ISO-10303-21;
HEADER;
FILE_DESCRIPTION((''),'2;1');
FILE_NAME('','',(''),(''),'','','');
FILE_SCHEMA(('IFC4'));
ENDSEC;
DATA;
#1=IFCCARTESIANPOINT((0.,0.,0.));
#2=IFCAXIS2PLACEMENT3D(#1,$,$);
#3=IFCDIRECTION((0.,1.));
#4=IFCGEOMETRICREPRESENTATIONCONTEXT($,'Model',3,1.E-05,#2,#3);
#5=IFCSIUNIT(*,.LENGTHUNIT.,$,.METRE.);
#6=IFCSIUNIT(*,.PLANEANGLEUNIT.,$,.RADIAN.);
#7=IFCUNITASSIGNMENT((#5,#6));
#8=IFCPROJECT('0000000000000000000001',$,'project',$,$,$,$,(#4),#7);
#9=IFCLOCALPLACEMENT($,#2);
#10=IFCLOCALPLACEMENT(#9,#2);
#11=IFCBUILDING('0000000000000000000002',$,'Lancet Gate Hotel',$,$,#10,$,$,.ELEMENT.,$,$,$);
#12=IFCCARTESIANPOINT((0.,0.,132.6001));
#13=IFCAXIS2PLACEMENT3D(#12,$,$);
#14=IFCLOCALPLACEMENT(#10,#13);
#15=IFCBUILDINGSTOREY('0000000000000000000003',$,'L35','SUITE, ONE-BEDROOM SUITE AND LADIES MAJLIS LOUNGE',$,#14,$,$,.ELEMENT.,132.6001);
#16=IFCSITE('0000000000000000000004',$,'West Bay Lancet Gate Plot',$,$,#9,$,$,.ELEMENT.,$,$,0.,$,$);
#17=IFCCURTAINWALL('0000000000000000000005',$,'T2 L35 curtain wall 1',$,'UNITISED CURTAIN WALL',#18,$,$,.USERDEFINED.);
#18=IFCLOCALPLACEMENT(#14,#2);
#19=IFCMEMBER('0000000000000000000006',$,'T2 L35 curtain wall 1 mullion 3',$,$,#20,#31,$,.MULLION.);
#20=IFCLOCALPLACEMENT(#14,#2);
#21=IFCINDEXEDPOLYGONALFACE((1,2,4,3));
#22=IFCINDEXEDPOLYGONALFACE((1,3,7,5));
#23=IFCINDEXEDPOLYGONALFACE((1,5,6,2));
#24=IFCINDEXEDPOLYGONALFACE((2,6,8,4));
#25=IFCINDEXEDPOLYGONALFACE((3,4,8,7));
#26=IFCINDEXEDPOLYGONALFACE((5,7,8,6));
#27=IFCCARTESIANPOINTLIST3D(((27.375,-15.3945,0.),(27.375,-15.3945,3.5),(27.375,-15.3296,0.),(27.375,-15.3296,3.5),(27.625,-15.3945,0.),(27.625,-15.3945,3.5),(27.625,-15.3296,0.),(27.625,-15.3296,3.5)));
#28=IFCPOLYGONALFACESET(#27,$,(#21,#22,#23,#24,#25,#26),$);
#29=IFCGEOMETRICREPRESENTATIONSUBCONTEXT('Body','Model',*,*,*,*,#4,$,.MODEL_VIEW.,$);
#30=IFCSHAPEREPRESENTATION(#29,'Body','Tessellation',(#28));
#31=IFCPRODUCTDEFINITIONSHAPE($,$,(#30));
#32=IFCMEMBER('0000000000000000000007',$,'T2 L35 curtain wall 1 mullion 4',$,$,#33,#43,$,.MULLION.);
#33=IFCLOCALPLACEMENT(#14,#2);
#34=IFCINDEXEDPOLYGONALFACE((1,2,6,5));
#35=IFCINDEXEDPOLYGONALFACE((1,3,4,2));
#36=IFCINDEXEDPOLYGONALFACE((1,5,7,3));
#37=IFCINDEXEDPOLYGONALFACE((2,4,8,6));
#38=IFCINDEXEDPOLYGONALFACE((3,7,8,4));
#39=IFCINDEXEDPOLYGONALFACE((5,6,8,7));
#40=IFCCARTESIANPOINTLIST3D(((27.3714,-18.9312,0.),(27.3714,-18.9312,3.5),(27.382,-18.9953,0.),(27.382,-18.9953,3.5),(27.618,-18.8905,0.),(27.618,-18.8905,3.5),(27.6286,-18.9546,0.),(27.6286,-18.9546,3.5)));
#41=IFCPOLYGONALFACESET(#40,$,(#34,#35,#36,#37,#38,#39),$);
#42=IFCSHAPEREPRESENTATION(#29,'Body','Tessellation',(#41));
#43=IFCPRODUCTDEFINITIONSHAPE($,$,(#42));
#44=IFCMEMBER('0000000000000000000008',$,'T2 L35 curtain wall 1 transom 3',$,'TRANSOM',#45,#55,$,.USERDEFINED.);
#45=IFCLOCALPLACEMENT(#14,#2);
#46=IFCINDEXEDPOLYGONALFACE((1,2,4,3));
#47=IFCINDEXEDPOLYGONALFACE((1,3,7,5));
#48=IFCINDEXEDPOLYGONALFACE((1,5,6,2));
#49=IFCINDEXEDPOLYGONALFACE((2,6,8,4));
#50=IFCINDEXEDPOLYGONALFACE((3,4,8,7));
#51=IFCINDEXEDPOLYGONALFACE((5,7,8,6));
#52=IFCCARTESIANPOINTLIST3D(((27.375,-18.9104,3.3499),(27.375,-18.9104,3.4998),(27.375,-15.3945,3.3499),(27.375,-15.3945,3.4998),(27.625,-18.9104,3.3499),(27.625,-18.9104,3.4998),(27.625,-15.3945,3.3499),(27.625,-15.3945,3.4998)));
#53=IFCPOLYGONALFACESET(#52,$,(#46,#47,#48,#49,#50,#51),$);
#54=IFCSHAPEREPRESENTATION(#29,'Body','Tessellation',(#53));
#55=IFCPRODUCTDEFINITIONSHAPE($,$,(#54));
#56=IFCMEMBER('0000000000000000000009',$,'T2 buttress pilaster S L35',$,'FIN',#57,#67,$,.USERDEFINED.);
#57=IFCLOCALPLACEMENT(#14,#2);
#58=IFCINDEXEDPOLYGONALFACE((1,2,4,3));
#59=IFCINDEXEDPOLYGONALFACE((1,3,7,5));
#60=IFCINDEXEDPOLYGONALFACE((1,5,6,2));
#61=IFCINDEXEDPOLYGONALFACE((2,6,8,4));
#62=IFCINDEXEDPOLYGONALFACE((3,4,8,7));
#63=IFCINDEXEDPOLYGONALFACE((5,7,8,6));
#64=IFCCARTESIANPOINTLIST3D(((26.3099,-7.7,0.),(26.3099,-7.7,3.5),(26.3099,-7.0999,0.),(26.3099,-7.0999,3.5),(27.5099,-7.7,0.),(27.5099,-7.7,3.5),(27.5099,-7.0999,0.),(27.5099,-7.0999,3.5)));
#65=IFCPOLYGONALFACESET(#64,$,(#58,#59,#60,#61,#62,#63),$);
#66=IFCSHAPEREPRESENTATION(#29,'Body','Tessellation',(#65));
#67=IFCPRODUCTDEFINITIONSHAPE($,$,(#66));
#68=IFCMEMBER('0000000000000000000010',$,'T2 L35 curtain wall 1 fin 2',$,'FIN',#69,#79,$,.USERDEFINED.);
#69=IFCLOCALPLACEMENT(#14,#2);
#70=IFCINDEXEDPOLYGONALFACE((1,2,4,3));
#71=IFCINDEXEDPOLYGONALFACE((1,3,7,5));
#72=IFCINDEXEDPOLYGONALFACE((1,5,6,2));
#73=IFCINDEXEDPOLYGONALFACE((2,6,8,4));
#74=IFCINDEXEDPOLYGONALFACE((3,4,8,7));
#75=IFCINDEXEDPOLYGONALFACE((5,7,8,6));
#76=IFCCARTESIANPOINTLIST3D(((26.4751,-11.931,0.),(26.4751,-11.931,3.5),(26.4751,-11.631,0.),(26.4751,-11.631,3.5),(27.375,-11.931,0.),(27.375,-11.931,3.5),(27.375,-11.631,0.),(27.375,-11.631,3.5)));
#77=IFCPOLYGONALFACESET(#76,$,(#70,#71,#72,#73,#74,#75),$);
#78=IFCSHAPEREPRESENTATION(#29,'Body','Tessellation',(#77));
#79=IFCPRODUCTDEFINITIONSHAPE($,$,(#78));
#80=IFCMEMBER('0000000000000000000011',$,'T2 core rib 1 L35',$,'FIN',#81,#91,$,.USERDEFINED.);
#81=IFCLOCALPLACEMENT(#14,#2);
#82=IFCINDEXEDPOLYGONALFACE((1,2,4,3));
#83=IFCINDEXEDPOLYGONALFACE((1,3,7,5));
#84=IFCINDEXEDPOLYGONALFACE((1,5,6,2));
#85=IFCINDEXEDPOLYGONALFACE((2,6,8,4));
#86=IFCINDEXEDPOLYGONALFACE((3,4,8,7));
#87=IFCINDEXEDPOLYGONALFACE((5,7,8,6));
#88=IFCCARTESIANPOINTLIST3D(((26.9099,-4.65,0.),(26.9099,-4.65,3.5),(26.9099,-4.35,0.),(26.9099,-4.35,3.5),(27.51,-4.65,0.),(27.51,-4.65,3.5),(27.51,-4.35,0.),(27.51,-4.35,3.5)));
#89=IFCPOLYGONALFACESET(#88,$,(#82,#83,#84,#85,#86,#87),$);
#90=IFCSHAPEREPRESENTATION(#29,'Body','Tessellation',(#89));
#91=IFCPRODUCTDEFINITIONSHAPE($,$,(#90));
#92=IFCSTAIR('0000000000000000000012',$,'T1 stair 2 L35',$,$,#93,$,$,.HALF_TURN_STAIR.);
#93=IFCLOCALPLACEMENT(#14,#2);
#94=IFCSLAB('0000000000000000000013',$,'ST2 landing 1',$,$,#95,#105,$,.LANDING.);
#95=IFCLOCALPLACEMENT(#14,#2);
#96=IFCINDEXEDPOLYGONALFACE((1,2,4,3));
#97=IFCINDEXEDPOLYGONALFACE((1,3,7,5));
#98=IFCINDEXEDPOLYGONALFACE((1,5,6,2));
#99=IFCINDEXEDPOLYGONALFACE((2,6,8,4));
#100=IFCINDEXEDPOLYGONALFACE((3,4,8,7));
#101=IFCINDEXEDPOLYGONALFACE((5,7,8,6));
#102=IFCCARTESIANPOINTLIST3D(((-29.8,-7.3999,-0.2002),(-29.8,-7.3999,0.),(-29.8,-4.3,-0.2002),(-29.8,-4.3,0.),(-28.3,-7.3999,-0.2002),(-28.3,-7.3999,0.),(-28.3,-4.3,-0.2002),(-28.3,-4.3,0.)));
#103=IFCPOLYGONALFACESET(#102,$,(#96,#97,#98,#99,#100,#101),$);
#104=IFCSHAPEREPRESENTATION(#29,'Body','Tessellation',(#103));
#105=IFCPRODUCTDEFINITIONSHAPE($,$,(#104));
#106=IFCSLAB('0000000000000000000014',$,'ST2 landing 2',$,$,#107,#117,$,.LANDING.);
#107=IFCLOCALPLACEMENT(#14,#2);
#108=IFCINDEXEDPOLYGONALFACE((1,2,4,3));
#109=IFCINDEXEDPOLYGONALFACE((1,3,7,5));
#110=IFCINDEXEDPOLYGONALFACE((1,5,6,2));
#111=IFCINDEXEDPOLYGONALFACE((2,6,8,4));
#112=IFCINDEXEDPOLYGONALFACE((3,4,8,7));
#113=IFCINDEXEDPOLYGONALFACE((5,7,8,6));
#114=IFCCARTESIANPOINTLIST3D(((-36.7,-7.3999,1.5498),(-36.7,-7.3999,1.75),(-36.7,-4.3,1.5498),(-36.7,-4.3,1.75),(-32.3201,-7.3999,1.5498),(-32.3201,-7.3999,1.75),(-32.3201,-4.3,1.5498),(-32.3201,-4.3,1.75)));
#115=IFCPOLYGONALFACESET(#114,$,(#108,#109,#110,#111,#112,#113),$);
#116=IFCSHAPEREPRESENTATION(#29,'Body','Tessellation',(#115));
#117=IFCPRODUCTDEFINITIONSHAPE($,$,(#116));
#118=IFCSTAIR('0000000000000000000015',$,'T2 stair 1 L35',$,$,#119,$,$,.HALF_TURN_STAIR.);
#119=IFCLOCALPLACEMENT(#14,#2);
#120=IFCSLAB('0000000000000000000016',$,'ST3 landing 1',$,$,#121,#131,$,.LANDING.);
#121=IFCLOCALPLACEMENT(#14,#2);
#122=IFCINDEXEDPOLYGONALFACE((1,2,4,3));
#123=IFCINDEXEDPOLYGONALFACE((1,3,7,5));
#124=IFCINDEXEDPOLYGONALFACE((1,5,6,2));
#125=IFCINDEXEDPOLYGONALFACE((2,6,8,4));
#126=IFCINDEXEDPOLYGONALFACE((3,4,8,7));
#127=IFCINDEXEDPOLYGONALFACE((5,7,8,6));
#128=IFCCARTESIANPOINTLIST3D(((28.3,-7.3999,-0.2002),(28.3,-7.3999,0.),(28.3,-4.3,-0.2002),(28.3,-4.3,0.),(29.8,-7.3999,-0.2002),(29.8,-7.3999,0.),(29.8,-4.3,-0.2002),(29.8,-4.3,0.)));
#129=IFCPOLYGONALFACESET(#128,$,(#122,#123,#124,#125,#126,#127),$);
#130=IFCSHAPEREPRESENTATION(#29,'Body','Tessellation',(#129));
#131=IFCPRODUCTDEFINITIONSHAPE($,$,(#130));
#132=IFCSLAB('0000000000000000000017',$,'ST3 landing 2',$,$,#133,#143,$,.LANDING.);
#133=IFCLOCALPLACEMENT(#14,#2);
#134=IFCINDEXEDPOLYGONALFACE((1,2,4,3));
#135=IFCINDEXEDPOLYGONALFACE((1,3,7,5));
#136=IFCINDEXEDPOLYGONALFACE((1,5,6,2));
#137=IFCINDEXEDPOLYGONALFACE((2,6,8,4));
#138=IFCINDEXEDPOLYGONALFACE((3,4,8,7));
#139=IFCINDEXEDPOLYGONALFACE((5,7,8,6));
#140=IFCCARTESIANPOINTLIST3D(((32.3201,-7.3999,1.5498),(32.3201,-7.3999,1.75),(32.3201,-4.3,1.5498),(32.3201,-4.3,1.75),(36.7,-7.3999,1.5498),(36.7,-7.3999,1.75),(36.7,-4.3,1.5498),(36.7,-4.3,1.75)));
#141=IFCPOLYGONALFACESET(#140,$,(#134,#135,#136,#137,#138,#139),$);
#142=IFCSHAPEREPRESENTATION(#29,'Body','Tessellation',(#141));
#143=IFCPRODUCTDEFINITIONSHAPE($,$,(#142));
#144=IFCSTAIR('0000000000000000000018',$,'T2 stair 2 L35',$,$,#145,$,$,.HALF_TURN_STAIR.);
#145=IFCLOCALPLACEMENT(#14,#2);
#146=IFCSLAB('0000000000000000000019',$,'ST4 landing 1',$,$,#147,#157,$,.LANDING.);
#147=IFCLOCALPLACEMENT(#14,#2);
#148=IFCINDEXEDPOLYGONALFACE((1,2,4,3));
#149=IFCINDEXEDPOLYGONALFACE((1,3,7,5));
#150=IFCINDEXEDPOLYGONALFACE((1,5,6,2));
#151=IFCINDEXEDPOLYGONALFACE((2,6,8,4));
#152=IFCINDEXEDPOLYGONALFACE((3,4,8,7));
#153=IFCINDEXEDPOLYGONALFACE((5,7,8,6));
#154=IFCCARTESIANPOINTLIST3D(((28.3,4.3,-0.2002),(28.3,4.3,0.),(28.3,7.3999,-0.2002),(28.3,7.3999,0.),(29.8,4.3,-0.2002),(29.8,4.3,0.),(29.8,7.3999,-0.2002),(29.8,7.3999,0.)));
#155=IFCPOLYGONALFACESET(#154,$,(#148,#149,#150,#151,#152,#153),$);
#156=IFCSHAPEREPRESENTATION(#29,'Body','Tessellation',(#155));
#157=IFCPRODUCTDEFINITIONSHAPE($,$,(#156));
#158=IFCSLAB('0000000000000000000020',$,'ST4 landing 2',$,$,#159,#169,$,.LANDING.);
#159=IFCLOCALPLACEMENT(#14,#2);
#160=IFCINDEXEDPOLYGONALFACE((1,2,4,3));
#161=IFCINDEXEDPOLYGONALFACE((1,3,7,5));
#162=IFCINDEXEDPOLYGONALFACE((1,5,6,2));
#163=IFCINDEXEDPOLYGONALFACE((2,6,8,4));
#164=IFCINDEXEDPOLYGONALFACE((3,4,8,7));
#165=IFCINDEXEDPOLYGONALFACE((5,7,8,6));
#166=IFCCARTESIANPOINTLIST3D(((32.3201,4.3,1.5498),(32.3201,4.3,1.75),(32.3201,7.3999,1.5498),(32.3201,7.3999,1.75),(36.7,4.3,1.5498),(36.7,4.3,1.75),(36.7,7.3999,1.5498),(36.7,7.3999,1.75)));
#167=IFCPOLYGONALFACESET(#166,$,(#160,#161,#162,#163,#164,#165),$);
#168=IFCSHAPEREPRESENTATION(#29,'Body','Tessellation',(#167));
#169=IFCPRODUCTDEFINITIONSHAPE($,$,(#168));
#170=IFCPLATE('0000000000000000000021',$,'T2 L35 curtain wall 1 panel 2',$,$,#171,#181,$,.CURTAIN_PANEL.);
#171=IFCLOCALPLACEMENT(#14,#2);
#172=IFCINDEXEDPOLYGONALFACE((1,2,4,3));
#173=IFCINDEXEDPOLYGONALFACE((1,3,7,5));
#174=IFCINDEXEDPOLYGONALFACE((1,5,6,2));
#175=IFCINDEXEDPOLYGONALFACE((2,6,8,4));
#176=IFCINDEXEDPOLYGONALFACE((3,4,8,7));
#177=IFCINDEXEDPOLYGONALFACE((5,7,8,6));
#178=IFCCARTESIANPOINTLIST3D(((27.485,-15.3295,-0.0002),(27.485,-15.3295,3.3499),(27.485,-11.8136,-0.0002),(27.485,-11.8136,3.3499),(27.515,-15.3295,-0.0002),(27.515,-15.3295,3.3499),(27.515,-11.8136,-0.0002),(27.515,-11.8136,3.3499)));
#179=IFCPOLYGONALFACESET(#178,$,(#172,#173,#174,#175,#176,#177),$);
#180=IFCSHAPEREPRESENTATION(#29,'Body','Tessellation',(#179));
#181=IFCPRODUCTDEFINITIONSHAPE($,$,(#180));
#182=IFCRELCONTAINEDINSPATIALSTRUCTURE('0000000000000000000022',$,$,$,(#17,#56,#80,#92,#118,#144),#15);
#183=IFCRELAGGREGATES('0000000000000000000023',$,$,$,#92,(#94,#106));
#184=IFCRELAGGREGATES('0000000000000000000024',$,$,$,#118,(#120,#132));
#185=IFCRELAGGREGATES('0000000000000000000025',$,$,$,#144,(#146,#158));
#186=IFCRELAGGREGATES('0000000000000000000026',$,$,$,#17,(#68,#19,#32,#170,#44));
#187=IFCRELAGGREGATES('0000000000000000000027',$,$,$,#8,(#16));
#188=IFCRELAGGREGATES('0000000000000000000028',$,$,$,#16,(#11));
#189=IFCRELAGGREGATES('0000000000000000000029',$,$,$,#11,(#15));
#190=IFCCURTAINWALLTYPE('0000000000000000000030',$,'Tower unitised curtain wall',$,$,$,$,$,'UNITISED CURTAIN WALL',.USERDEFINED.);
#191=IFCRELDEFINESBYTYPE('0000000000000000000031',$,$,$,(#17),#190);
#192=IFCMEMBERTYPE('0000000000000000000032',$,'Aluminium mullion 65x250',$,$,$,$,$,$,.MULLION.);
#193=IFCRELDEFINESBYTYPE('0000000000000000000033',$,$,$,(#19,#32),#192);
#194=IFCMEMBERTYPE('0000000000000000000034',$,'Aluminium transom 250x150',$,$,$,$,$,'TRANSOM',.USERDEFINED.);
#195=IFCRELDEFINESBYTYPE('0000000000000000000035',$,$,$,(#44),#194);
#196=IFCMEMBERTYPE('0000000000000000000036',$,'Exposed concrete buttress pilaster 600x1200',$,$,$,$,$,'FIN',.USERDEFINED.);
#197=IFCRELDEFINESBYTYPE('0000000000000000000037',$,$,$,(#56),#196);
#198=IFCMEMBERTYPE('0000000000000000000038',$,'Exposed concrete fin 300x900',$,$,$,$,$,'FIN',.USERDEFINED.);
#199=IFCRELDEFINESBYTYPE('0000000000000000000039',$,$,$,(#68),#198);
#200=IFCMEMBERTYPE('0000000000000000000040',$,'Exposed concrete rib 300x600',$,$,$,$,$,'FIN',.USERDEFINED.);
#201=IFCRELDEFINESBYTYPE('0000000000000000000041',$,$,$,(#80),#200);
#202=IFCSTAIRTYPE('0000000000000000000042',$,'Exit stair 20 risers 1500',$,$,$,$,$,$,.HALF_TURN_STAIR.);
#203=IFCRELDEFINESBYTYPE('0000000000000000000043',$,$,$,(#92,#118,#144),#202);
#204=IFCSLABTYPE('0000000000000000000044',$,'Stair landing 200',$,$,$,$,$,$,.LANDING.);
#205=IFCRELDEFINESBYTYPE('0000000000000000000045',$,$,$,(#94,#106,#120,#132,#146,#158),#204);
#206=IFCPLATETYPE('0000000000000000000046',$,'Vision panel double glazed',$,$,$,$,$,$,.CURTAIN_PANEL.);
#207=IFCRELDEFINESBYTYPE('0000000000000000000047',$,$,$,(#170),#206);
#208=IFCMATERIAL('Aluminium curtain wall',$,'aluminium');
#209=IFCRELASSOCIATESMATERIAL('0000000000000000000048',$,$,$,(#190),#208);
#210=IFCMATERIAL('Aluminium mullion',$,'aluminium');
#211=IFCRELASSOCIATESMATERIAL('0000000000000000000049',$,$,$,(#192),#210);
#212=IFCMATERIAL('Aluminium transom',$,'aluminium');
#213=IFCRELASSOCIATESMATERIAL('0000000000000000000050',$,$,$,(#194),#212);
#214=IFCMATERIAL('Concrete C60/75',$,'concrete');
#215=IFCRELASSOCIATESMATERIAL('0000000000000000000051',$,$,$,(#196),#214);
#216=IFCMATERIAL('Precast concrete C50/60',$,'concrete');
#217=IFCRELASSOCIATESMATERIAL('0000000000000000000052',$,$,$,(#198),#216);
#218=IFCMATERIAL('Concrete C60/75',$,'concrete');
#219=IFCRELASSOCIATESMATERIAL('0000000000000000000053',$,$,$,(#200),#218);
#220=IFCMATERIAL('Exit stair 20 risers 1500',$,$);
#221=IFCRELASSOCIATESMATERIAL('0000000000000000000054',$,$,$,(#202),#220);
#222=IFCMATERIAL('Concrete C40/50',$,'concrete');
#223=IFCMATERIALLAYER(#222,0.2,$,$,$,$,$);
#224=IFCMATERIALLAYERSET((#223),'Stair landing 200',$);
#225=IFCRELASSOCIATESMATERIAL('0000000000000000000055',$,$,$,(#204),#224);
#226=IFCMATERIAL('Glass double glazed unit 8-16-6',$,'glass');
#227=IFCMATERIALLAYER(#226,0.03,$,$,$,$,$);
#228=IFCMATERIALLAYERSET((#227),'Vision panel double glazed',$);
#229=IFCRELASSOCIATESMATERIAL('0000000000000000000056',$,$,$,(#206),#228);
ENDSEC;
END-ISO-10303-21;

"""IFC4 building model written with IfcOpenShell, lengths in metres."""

from ifc_helpers import new_model, si_unit, direction, frame, origin, origin_2d, place, context, subcontext, project, spatial, polyline, rectangle, outline, extrude, material, layer, layer_set, material_profile, profile_set, type_object, element, aggregate, save


model = new_model("IFC4")

# Units and contexts
model_context = context("Model", 3, precision=1e-05, world=origin(), true_north=direction((0.0, 1.0)))
body_context = subcontext(model_context, "Body", "Model", "MODEL_VIEW")
ifc_project = project(units=[si_unit("LENGTHUNIT", "METRE"), si_unit("PLANEANGLEUNIT", "RADIAN")], contexts=[model_context])

# Site, building, storey
site_placement = place(None, origin())
site = spatial("IfcSite", under=ifc_project, at=site_placement, Name="West Bay Lancet Gate Plot", CompositionType="ELEMENT", RefElevation=0.0)
building_placement = place(site_placement, origin())
building = spatial("IfcBuilding", under=site, at=building_placement, Name="Lancet Gate Hotel", CompositionType="ELEMENT")
storey_placement = place(building_placement, frame((0.0, 0.0, 132.6001)))
storey = spatial("IfcBuildingStorey", under=building, at=storey_placement, Name="L35", Description="SUITE, ONE-BEDROOM SUITE AND LADIES MAJLIS LOUNGE", CompositionType="ELEMENT", Elevation=132.6001)

# Curtain wall, members
ifc_material_1 = material(Name="Aluminium curtain wall", Category="aluminium")
curtain_wall_type = type_object("IfcCurtainWallType", Name="Tower unitised curtain wall", ElementType="UNITISED CURTAIN WALL", PredefinedType="USERDEFINED", material=ifc_material_1)
curtain_wall_placement = place(storey_placement, origin())
curtain_wall = element("IfcCurtainWall", 1, at=curtain_wall_placement, inside=storey, type_object=curtain_wall_type, Name="T2 L35 curtain wall 1", ObjectType="UNITISED CURTAIN WALL", PredefinedType="USERDEFINED")
ifc_material_2 = material(Name="Aluminium mullion", Category="aluminium")
ifc_material_profile_1 = material_profile(ifc_material_2, rectangle(XDim=0.0649, YDim=0.25, at=origin_2d()), Name="MULLION 65x250")
ifc_profile_set_1 = profile_set([ifc_material_profile_1], Name="Aluminium mullion")
member_type_1 = type_object("IfcMemberType", Name="Aluminium mullion 65x250", PredefinedType="MULLION", material=ifc_profile_set_1)
member_1_placement = place(storey_placement, frame((27.5, -15.3621, 0.0), z_axis=(0.0, 0.0, 1.0), x_axis=(0.0, -1.0, 0.0)))
member_1 = element("IfcMember", 2, at=member_1_placement, type_object=member_type_1, Name="T2 L35 curtain wall 1 mullion 3", PredefinedType="MULLION", context=body_context, shape_type="SweptSolid", body=[
    extrude(rectangle(XDim=0.0649, YDim=0.25, at=origin_2d()), origin(), (0.0, 0.0, 1.0), 3.5),
])
member_2_placement = place(storey_placement, frame((27.5, -18.9429, 0.0), z_axis=(0.0, 0.0, 1.0), x_axis=(0.162739, -0.986669, 0.0)))
member_2 = element("IfcMember", 3, at=member_2_placement, type_object=member_type_1, Name="T2 L35 curtain wall 1 mullion 4", PredefinedType="MULLION", context=body_context, shape_type="SweptSolid", body=[
    extrude(rectangle(XDim=0.0649, YDim=0.25, at=origin_2d()), origin(), (0.0, 0.0, 1.0), 3.5),
])
ifc_material_3 = material(Name="Aluminium transom", Category="aluminium")
ifc_material_profile_2 = material_profile(ifc_material_3, rectangle(XDim=0.25, YDim=0.1499, at=origin_2d()), Name="TRANSOM 250x150")
ifc_profile_set_2 = profile_set([ifc_material_profile_2], Name="Aluminium transom")
member_type_2 = type_object("IfcMemberType", Name="Aluminium transom 250x150", ElementType="TRANSOM", PredefinedType="USERDEFINED", material=ifc_profile_set_2)
member_3_placement = place(storey_placement, frame((27.5, -15.3945, 3.4248), z_axis=(0.0, -1.0, 0.0), x_axis=(1.0, 0.0, 0.0)))
member_3 = element("IfcMember", 4, at=member_3_placement, type_object=member_type_2, Name="T2 L35 curtain wall 1 transom 3", ObjectType="TRANSOM", PredefinedType="USERDEFINED", context=body_context, shape_type="SweptSolid", body=[
    extrude(rectangle(XDim=0.25, YDim=0.1499, at=origin_2d()), origin(), (0.0, 0.0, 1.0), 3.5159),
])

# Members
ifc_material_4 = material(Name="Concrete C60/75", Category="concrete")
ifc_material_profile_3 = material_profile(ifc_material_4, rectangle(XDim=0.6001, YDim=1.2, at=origin_2d()), Name="FIN 600x1200")
ifc_profile_set_3 = profile_set([ifc_material_profile_3], Name="Concrete C60/75")
member_type_3 = type_object("IfcMemberType", Name="Exposed concrete buttress pilaster 600x1200", ElementType="FIN", PredefinedType="USERDEFINED", material=ifc_profile_set_3)
member_4_placement = place(storey_placement, frame((26.9099, -7.3999, 0.0), z_axis=(0.0, 0.0, 1.0), x_axis=(0.0, 1.0, 0.0)))
element("IfcMember", 5, at=member_4_placement, inside=storey, type_object=member_type_3, Name="T2 buttress pilaster S L35", ObjectType="FIN", PredefinedType="USERDEFINED", context=body_context, shape_type="SweptSolid", body=[
    extrude(rectangle(XDim=0.6001, YDim=1.2, at=origin_2d()), origin(), (0.0, 0.0, 1.0), 3.5),
])
ifc_material_5 = material(Name="Precast concrete C50/60", Category="concrete")
ifc_material_profile_4 = material_profile(ifc_material_5, rectangle(XDim=0.3, YDim=0.8999, at=origin_2d()), Name="FIN 300x900")
ifc_profile_set_4 = profile_set([ifc_material_profile_4], Name="Precast concrete C50/60")
member_type_4 = type_object("IfcMemberType", Name="Exposed concrete fin 300x900", ElementType="FIN", PredefinedType="USERDEFINED", material=ifc_profile_set_4)
member_5_placement = place(storey_placement, frame((26.925, -11.781, 0.0), z_axis=(0.0, 0.0, 1.0), x_axis=(0.0, -1.0, 0.0)))
member_5 = element("IfcMember", 6, at=member_5_placement, type_object=member_type_4, Name="T2 L35 curtain wall 1 fin 2", ObjectType="FIN", PredefinedType="USERDEFINED", context=body_context, shape_type="SweptSolid", body=[
    extrude(rectangle(XDim=0.3, YDim=0.8999, at=origin_2d()), origin(), (0.0, 0.0, 1.0), 3.5),
])
ifc_material_6 = material(Name="Concrete C60/75", Category="concrete")
ifc_material_profile_5 = material_profile(ifc_material_6, rectangle(XDim=0.3, YDim=0.6001, at=origin_2d()), Name="FIN 300x600")
ifc_profile_set_5 = profile_set([ifc_material_profile_5], Name="Concrete C60/75")
member_type_5 = type_object("IfcMemberType", Name="Exposed concrete rib 300x600", ElementType="FIN", PredefinedType="USERDEFINED", material=ifc_profile_set_5)
member_6_placement = place(storey_placement, frame((27.21, -4.5, 0.0), z_axis=(0.0, 0.0, 1.0), x_axis=(0.0, 1.0, 0.0)))
element("IfcMember", 7, at=member_6_placement, inside=storey, type_object=member_type_5, Name="T2 core rib 1 L35", ObjectType="FIN", PredefinedType="USERDEFINED", context=body_context, shape_type="SweptSolid", body=[
    extrude(rectangle(XDim=0.3, YDim=0.6001, at=origin_2d()), origin(), (0.0, 0.0, 1.0), 3.5),
])

# Stairs, slabs
ifc_material_7 = material(Name="Exit stair 20 risers 1500")
stair_type = type_object("IfcStairType", Name="Exit stair 20 risers 1500", PredefinedType="HALF_TURN_STAIR", material=ifc_material_7)
stair_1_placement = place(storey_placement, origin())
stair_1 = element("IfcStair", 8, at=stair_1_placement, inside=storey, type_object=stair_type, Name="T1 stair 2 L35", PredefinedType="HALF_TURN_STAIR")
ifc_material_8 = material(Name="Concrete C40/50", Category="concrete")
ifc_layer_1 = layer(ifc_material_8, 0.2)
ifc_layer_set_1 = layer_set([ifc_layer_1], Name="Stair landing 200")
slab_type = type_object("IfcSlabType", Name="Stair landing 200", PredefinedType="LANDING", material=ifc_layer_set_1)
slab_1_placement = place(storey_placement, frame((0.0, 0.0, -0.2002)))
slab_1 = element("IfcSlab", 9, at=slab_1_placement, type_object=slab_type, Name="ST2 landing 1", PredefinedType="LANDING", context=body_context, shape_type="SweptSolid", body=[
    extrude(outline(polyline([(-28.3, -4.3), (-29.8, -4.3), (-29.8, -7.3999), (-28.3, -7.3999), (-28.3, -4.3)])), origin(), (0.0, 0.0, 1.0), 0.2002),
])
slab_2_placement = place(storey_placement, frame((0.0, 0.0, 1.5498)))
slab_2 = element("IfcSlab", 10, at=slab_2_placement, type_object=slab_type, Name="ST2 landing 2", PredefinedType="LANDING", context=body_context, shape_type="SweptSolid", body=[
    extrude(outline(polyline([(-32.3201, -4.3), (-36.7, -4.3), (-36.7, -7.3999), (-32.3201, -7.3999), (-32.3201, -4.3)])), origin(), (0.0, 0.0, 1.0), 0.2002),
])
aggregate(stair_1, [slab_1, slab_2])
stair_2_placement = place(storey_placement, origin())
stair_2 = element("IfcStair", 11, at=stair_2_placement, inside=storey, type_object=stair_type, Name="T2 stair 1 L35", PredefinedType="HALF_TURN_STAIR")
slab_3_placement = place(storey_placement, frame((0.0, 0.0, -0.2002)))
slab_3 = element("IfcSlab", 12, at=slab_3_placement, type_object=slab_type, Name="ST3 landing 1", PredefinedType="LANDING", context=body_context, shape_type="SweptSolid", body=[
    extrude(outline(polyline([(28.3, -7.3999), (29.8, -7.3999), (29.8, -4.3), (28.3, -4.3), (28.3, -7.3999)])), origin(), (0.0, 0.0, 1.0), 0.2002),
])
slab_4_placement = place(storey_placement, frame((0.0, 0.0, 1.5498)))
slab_4 = element("IfcSlab", 13, at=slab_4_placement, type_object=slab_type, Name="ST3 landing 2", PredefinedType="LANDING", context=body_context, shape_type="SweptSolid", body=[
    extrude(outline(polyline([(32.3201, -7.3999), (36.7, -7.3999), (36.7, -4.3), (32.3201, -4.3), (32.3201, -7.3999)])), origin(), (0.0, 0.0, 1.0), 0.2002),
])
aggregate(stair_2, [slab_3, slab_4])
stair_3_placement = place(storey_placement, origin())
stair_3 = element("IfcStair", 14, at=stair_3_placement, inside=storey, type_object=stair_type, Name="T2 stair 2 L35", PredefinedType="HALF_TURN_STAIR")
slab_5_placement = place(storey_placement, frame((0.0, 0.0, -0.2002)))
slab_5 = element("IfcSlab", 15, at=slab_5_placement, type_object=slab_type, Name="ST4 landing 1", PredefinedType="LANDING", context=body_context, shape_type="SweptSolid", body=[
    extrude(outline(polyline([(28.3, 4.3), (29.8, 4.3), (29.8, 7.3999), (28.3, 7.3999), (28.3, 4.3)])), origin(), (0.0, 0.0, 1.0), 0.2002),
])
slab_6_placement = place(storey_placement, frame((0.0, 0.0, 1.5498)))
slab_6 = element("IfcSlab", 16, at=slab_6_placement, type_object=slab_type, Name="ST4 landing 2", PredefinedType="LANDING", context=body_context, shape_type="SweptSolid", body=[
    extrude(outline(polyline([(32.3201, 4.3), (36.7, 4.3), (36.7, 7.3999), (32.3201, 7.3999), (32.3201, 4.3)])), origin(), (0.0, 0.0, 1.0), 0.2002),
])
aggregate(stair_3, [slab_5, slab_6])

# Plate
ifc_material_9 = material(Name="Glass double glazed unit 8-16-6", Category="glass")
ifc_layer_2 = layer(ifc_material_9, 0.03)
ifc_layer_set_2 = layer_set([ifc_layer_2], Name="Vision panel double glazed")
plate_type = type_object("IfcPlateType", Name="Vision panel double glazed", PredefinedType="CURTAIN_PANEL", material=ifc_layer_set_2)
plate_1_placement = place(storey_placement, frame((27.5, -13.5715, -0.0002), z_axis=(0.0, 0.0, 1.0), x_axis=(0.0, -1.0, 0.0)))
plate_1 = element("IfcPlate", 17, at=plate_1_placement, type_object=plate_type, Name="T2 L35 curtain wall 1 panel 2", PredefinedType="CURTAIN_PANEL", context=body_context, shape_type="SweptSolid", body=[
    extrude(rectangle(XDim=3.5159, YDim=0.03, at=origin_2d()), origin(), (0.0, 0.0, 1.0), 3.3501),
])
aggregate(curtain_wall, [member_5, member_1, member_2, plate_1, member_3])

save(model, "model.ifc")
